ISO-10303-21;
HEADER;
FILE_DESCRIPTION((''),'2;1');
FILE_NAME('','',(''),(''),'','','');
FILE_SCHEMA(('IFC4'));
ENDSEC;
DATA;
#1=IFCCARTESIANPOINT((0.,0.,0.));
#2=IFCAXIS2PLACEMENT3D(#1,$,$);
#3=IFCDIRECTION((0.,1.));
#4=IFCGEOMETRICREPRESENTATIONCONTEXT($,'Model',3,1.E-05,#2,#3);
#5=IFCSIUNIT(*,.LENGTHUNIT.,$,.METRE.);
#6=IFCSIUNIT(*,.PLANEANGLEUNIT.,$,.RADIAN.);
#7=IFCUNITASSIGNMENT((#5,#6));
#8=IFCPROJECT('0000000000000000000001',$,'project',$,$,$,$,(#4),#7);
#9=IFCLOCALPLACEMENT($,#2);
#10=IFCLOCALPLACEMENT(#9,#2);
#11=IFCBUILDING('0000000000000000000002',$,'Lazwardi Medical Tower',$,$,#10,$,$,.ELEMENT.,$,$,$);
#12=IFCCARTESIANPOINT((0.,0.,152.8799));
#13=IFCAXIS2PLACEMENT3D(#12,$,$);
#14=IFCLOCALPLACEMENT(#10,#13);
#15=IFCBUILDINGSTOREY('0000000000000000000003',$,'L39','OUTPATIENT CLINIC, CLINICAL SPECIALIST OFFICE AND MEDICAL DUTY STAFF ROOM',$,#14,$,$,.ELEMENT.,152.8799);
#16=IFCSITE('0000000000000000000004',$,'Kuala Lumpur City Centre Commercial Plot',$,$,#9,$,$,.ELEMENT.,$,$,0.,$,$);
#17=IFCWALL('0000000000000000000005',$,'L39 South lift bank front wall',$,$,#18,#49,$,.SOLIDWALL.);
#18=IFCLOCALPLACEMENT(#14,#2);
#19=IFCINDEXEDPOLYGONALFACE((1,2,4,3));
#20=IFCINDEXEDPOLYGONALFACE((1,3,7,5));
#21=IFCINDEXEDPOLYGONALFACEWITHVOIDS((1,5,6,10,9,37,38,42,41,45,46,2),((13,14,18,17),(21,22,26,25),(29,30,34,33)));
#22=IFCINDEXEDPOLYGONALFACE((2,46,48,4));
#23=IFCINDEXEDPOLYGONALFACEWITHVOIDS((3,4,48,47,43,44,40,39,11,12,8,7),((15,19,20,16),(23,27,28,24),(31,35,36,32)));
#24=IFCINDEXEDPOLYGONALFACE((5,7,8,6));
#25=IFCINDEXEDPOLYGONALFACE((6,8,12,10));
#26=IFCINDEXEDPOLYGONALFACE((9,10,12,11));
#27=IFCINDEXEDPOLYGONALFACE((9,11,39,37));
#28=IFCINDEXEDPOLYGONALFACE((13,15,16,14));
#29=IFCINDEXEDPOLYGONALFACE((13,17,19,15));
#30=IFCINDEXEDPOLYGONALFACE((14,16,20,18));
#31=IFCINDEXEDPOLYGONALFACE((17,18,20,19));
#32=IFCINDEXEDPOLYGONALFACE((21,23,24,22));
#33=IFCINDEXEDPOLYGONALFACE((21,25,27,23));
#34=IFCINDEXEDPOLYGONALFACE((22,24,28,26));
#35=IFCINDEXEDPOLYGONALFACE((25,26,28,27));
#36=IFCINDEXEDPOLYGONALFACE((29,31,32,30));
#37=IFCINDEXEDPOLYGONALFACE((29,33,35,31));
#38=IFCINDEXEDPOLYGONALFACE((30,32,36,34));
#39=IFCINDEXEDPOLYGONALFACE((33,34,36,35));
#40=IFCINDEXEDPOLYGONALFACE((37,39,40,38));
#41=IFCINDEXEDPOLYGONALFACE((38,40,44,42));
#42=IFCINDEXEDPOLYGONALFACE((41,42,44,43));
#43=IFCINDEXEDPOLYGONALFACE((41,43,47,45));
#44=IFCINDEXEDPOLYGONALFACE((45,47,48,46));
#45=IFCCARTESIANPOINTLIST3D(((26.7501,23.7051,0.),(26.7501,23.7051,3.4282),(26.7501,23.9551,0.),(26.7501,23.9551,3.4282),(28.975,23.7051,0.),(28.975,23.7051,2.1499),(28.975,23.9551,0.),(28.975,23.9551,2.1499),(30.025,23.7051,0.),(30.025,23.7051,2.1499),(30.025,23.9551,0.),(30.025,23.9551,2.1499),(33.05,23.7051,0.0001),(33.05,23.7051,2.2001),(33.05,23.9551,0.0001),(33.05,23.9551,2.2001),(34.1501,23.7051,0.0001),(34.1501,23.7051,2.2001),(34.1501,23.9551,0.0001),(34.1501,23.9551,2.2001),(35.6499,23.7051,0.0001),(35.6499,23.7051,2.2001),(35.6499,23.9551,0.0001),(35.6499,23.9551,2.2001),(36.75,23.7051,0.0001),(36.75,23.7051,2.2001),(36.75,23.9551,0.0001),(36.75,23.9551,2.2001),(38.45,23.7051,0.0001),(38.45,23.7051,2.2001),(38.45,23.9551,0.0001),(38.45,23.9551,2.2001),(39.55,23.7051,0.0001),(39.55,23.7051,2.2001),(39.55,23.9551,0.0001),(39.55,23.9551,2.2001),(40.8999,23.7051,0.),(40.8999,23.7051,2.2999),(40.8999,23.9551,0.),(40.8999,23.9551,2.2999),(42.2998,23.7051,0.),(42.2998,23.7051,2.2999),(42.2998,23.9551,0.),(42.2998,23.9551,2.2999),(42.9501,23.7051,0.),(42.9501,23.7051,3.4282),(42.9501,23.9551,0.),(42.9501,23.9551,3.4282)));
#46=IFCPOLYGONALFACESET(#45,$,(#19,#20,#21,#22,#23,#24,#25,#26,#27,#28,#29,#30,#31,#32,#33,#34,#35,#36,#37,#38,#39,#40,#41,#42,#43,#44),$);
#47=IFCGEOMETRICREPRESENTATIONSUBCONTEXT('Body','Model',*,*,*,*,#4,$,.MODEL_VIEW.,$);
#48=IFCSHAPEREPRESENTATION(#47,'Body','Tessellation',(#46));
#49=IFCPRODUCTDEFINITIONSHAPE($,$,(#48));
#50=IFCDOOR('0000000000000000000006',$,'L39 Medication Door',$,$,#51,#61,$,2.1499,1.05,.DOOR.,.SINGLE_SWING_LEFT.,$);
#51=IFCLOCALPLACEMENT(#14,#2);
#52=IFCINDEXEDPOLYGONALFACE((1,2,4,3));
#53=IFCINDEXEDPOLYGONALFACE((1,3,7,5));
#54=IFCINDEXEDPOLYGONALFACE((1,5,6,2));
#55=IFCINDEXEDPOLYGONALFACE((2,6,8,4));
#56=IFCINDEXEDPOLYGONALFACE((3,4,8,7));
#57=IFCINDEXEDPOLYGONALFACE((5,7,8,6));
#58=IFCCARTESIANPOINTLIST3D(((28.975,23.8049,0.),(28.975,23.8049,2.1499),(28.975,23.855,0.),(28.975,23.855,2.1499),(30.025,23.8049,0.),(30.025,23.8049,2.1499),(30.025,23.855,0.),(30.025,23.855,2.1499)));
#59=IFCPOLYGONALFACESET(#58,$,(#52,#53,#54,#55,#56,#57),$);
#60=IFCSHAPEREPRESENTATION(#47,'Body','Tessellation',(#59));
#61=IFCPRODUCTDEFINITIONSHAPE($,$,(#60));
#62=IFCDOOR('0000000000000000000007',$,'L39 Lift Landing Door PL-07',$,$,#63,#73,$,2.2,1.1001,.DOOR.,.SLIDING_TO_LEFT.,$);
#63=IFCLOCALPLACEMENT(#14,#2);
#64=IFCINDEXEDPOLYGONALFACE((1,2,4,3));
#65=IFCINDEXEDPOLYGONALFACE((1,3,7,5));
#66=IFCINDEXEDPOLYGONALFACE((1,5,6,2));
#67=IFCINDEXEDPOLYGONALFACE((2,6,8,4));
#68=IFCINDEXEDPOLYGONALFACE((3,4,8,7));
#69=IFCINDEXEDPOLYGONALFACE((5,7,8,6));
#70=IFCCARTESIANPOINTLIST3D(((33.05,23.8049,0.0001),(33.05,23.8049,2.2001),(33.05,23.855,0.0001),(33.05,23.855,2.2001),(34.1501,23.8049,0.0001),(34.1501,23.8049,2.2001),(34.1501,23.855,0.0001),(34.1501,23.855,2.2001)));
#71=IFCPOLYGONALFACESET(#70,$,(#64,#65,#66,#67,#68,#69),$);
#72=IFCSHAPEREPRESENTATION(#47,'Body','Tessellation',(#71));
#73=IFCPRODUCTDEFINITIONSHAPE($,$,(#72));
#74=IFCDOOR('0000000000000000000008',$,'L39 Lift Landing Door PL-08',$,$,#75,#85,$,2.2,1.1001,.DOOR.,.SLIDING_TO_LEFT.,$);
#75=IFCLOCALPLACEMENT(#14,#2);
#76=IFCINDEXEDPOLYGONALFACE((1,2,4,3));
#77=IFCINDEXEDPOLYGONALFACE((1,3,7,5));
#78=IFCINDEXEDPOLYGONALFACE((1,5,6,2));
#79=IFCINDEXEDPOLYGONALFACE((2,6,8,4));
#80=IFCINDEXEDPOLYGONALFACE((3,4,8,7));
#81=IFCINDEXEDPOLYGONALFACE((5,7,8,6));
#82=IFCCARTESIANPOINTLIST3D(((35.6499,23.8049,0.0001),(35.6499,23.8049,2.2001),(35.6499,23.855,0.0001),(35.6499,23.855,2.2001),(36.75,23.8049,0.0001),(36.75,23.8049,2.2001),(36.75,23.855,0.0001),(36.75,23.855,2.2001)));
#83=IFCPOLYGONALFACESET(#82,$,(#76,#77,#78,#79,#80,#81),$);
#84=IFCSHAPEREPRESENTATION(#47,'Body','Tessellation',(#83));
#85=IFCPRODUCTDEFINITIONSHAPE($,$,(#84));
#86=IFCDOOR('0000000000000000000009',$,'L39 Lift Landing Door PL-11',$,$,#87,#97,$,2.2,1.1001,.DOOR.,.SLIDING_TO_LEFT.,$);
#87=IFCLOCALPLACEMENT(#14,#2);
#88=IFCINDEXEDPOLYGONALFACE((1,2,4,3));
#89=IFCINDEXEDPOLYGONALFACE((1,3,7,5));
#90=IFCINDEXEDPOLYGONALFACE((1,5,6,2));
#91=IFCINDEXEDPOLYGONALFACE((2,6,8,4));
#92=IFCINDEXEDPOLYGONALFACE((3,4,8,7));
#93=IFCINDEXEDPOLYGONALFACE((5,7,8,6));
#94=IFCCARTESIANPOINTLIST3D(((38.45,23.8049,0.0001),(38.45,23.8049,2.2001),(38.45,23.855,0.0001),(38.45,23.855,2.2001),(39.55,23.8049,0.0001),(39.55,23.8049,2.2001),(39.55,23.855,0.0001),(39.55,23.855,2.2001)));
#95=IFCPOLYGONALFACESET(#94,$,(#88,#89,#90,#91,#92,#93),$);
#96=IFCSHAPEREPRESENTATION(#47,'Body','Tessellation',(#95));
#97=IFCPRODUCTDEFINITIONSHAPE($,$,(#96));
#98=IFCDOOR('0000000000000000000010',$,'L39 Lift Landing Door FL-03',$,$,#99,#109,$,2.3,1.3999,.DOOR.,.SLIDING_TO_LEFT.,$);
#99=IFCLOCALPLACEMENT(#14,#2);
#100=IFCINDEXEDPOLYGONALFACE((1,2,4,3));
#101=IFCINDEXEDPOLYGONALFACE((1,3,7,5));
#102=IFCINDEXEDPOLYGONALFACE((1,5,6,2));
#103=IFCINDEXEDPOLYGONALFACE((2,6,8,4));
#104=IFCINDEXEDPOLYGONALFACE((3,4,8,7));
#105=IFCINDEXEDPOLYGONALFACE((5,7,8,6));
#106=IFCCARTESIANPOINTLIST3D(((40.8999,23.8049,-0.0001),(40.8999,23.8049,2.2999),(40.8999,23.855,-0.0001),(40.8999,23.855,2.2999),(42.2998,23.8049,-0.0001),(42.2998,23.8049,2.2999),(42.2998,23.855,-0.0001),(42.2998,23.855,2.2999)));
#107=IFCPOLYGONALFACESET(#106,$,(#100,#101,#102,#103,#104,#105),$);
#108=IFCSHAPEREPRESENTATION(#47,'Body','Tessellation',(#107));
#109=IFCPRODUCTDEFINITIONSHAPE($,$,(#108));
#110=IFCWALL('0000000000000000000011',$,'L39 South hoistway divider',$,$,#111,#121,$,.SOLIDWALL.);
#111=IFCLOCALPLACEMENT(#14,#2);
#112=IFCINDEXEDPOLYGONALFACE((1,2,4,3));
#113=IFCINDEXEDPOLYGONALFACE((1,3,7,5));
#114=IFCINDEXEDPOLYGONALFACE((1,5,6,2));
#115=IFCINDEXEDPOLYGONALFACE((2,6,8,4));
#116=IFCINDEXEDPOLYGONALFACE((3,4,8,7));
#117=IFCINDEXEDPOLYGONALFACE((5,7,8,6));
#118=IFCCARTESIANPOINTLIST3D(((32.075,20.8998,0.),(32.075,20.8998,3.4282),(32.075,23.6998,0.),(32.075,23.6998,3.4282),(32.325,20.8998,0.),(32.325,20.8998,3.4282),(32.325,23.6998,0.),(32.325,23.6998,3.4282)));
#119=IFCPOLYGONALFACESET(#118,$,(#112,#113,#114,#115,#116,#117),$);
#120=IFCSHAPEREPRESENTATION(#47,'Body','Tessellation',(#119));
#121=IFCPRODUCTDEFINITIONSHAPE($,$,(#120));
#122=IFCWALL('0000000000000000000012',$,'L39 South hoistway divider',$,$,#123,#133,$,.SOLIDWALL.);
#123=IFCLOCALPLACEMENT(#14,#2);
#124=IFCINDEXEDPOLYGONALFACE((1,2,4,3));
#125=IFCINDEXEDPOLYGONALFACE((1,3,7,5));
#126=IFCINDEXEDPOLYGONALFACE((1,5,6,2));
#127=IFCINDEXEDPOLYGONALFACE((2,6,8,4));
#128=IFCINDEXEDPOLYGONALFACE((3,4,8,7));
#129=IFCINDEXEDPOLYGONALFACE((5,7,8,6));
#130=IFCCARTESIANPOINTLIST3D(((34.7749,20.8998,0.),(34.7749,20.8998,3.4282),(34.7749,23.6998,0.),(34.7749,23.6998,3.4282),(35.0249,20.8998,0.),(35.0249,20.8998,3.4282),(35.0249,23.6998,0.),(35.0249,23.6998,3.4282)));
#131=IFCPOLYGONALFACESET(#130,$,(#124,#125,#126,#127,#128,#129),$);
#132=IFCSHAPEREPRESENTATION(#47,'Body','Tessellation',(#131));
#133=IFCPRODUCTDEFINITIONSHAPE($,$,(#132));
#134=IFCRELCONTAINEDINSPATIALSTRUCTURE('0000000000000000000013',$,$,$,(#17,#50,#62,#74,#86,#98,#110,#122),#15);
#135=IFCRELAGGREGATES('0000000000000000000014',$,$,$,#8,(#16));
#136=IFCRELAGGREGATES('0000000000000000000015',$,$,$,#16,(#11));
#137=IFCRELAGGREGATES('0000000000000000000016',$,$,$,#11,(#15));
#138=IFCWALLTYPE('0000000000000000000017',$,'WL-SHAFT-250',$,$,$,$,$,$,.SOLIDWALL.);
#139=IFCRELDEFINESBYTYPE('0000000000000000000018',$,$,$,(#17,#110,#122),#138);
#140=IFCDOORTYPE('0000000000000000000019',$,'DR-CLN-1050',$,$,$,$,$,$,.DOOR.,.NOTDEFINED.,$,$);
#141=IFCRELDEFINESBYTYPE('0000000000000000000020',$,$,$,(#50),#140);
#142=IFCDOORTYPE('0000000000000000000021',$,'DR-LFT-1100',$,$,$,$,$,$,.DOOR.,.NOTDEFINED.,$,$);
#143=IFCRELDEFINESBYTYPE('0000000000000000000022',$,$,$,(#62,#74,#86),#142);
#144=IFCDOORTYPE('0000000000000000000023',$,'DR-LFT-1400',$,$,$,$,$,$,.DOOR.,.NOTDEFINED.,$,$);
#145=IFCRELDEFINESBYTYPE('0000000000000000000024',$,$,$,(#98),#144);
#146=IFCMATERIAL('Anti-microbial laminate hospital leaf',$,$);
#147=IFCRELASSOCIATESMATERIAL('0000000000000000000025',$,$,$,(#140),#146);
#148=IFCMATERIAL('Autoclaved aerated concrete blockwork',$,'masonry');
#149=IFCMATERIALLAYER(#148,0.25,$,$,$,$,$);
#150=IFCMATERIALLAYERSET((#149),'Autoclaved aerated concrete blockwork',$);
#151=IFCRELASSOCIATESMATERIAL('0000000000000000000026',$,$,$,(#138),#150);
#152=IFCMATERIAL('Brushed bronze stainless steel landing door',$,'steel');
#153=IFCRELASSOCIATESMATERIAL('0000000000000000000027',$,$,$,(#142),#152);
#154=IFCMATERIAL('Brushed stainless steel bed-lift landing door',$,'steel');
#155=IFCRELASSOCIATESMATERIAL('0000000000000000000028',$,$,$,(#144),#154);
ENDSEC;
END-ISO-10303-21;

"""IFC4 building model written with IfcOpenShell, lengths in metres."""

from ifc_helpers import new_model, si_unit, direction, frame, frame_2d, origin, place, context, subcontext, project, spatial, rectangle, extrude, material, layer, layer_set, type_object, element, fill, save


model = new_model("IFC4")

# Units and contexts
model_context = context("Model", 3, precision=1e-05, world=origin(), true_north=direction((0.0, 1.0)))
body_context = subcontext(model_context, "Body", "Model", "MODEL_VIEW")
ifc_project = project(units=[si_unit("LENGTHUNIT", "METRE"), si_unit("PLANEANGLEUNIT", "RADIAN")], contexts=[model_context])

# Site, building, storey
site_placement = place(None, origin())
site = spatial("IfcSite", under=ifc_project, at=site_placement, Name="Kuala Lumpur City Centre Commercial Plot", CompositionType="ELEMENT", RefElevation=0.0)
building_placement = place(site_placement, origin())
building = spatial("IfcBuilding", under=site, at=building_placement, Name="Lazwardi Medical Tower", CompositionType="ELEMENT")
storey_placement = place(building_placement, frame((0.0, 0.0, 152.8799)))
storey = spatial("IfcBuildingStorey", under=building, at=storey_placement, Name="L39", Description="OUTPATIENT CLINIC, CLINICAL SPECIALIST OFFICE AND MEDICAL DUTY STAFF ROOM", CompositionType="ELEMENT", Elevation=152.8799)

# Shared definitions
ifc_material_1 = material(Name="Anti-microbial laminate hospital leaf")
door_type_1 = type_object("IfcDoorType", Name="DR-CLN-1050", OperationType="NOTDEFINED", PredefinedType="DOOR", material=ifc_material_1)

# Wall, openings, doors
ifc_material_2 = material(Name="Autoclaved aerated concrete blockwork", Category="masonry")
ifc_layer_1 = layer(ifc_material_2, 0.25)
ifc_layer_set_1 = layer_set([ifc_layer_1], Name="Autoclaved aerated concrete blockwork")
wall_type_1 = type_object("IfcWallType", Name="WL-SHAFT-250", PredefinedType="SOLIDWALL", material=ifc_layer_set_1)
wall_1_placement = place(storey_placement, frame((26.75, 23.8301, 0.0), z_axis=(0.0, 0.0, 1.0), x_axis=(1.0, 0.0, 0.0)))
wall_1 = element("IfcWall", 1, at=wall_1_placement, inside=storey, type_object=wall_type_1, Name="L39 South lift bank front wall", PredefinedType="SOLIDWALL", context=body_context, shape_type="SweptSolid", body=[
    extrude(rectangle(XDim=16.2, YDim=0.25, at=frame_2d((8.1001, 0.0))), origin(), (0.0, 0.0, 1.0), 3.4282),
])
opening_1_placement = place(wall_1_placement, frame((2.2251, 0.0, 0.0)))
opening_1 = element("IfcOpeningElement", 2, at=opening_1_placement, cuts=wall_1, PredefinedType="OPENING", context=body_context, shape_type="SweptSolid", body=[
    extrude(rectangle(XDim=1.05, YDim=2.1499, at=frame_2d((0.5249, 1.075))), frame((0.0, 0.135, 0.0), z_axis=(0.0, -1.0, 0.0), x_axis=(1.0, 0.0, 0.0)), (0.0, 0.0, 1.0), 0.27),
])
opening_2_placement = place(wall_1_placement, frame((6.3, 0.0, 0.0)))
opening_2 = element("IfcOpeningElement", 3, at=opening_2_placement, cuts=wall_1, PredefinedType="OPENING", context=body_context, shape_type="SweptSolid", body=[
    extrude(rectangle(XDim=1.1001, YDim=2.2, at=frame_2d((0.55, 1.1001))), frame((0.0, 0.135, 0.0), z_axis=(0.0, -1.0, 0.0), x_axis=(1.0, 0.0, 0.0)), (0.0, 0.0, 1.0), 0.27),
])
opening_3_placement = place(wall_1_placement, frame((8.8999, 0.0, 0.0)))
opening_3 = element("IfcOpeningElement", 4, at=opening_3_placement, cuts=wall_1, PredefinedType="OPENING", context=body_context, shape_type="SweptSolid", body=[
    extrude(rectangle(XDim=1.1001, YDim=2.2, at=frame_2d((0.55, 1.1001))), frame((0.0, 0.135, 0.0), z_axis=(0.0, -1.0, 0.0), x_axis=(1.0, 0.0, 0.0)), (0.0, 0.0, 1.0), 0.27),
])
opening_4_placement = place(wall_1_placement, frame((11.7, 0.0, 0.0)))
opening_4 = element("IfcOpeningElement", 5, at=opening_4_placement, cuts=wall_1, PredefinedType="OPENING", context=body_context, shape_type="SweptSolid", body=[
    extrude(rectangle(XDim=1.1001, YDim=2.2, at=frame_2d((0.55, 1.1001))), frame((0.0, 0.135, 0.0), z_axis=(0.0, -1.0, 0.0), x_axis=(1.0, 0.0, 0.0)), (0.0, 0.0, 1.0), 0.27),
])
opening_5_placement = place(wall_1_placement, frame((14.1499, 0.0, 0.0)))
opening_5 = element("IfcOpeningElement", 6, at=opening_5_placement, cuts=wall_1, PredefinedType="OPENING", context=body_context, shape_type="SweptSolid", body=[
    extrude(rectangle(XDim=1.3999, YDim=2.3, at=frame_2d((0.7, 1.1499))), frame((0.0, 0.135, 0.0), z_axis=(0.0, -1.0, 0.0), x_axis=(1.0, 0.0, 0.0)), (0.0, 0.0, 1.0), 0.27),
])
door_1_placement = place(opening_1_placement, origin())
door_1 = element("IfcDoor", 7, at=door_1_placement, inside=storey, type_object=door_type_1, Name="L39 Medication Door", OperationType="SINGLE_SWING_LEFT", OverallHeight=2.1499, OverallWidth=1.05, PredefinedType="DOOR", context=body_context, shape_type="SweptSolid", body=[
    extrude(rectangle(XDim=1.05, YDim=2.1499, at=frame_2d((0.5249, 1.075))), frame((0.0, 0.0249, 0.0), z_axis=(0.0, -1.0, 0.0), x_axis=(1.0, 0.0, 0.0)), (0.0, 0.0, 1.0), 0.05),
])
fill(opening_1, door_1)
ifc_material_3 = material(Name="Brushed bronze stainless steel landing door", Category="steel")
door_type_2 = type_object("IfcDoorType", Name="DR-LFT-1100", OperationType="NOTDEFINED", PredefinedType="DOOR", material=ifc_material_3)
door_2_placement = place(opening_2_placement, origin())
door_2 = element("IfcDoor", 8, at=door_2_placement, inside=storey, type_object=door_type_2, Name="L39 Lift Landing Door PL-07", OperationType="SLIDING_TO_LEFT", OverallHeight=2.2, OverallWidth=1.1001, PredefinedType="DOOR", context=body_context, shape_type="SweptSolid", body=[
    extrude(rectangle(XDim=1.1001, YDim=2.2, at=frame_2d((0.55, 1.1001))), frame((0.0, 0.0249, 0.0), z_axis=(0.0, -1.0, 0.0), x_axis=(1.0, 0.0, 0.0)), (0.0, 0.0, 1.0), 0.05),
])
fill(opening_2, door_2)
door_3_placement = place(opening_3_placement, origin())
door_3 = element("IfcDoor", 9, at=door_3_placement, inside=storey, type_object=door_type_2, Name="L39 Lift Landing Door PL-08", OperationType="SLIDING_TO_LEFT", OverallHeight=2.2, OverallWidth=1.1001, PredefinedType="DOOR", context=body_context, shape_type="SweptSolid", body=[
    extrude(rectangle(XDim=1.1001, YDim=2.2, at=frame_2d((0.55, 1.1001))), frame((0.0, 0.0249, 0.0), z_axis=(0.0, -1.0, 0.0), x_axis=(1.0, 0.0, 0.0)), (0.0, 0.0, 1.0), 0.05),
])
fill(opening_3, door_3)
door_4_placement = place(opening_4_placement, origin())
door_4 = element("IfcDoor", 10, at=door_4_placement, inside=storey, type_object=door_type_2, Name="L39 Lift Landing Door PL-11", OperationType="SLIDING_TO_LEFT", OverallHeight=2.2, OverallWidth=1.1001, PredefinedType="DOOR", context=body_context, shape_type="SweptSolid", body=[
    extrude(rectangle(XDim=1.1001, YDim=2.2, at=frame_2d((0.55, 1.1001))), frame((0.0, 0.0249, 0.0), z_axis=(0.0, -1.0, 0.0), x_axis=(1.0, 0.0, 0.0)), (0.0, 0.0, 1.0), 0.05),
])
fill(opening_4, door_4)
ifc_material_4 = material(Name="Brushed stainless steel bed-lift landing door", Category="steel")
door_type_3 = type_object("IfcDoorType", Name="DR-LFT-1400", OperationType="NOTDEFINED", PredefinedType="DOOR", material=ifc_material_4)
door_5_placement = place(opening_5_placement, origin())
door_5 = element("IfcDoor", 11, at=door_5_placement, inside=storey, type_object=door_type_3, Name="L39 Lift Landing Door FL-03", OperationType="SLIDING_TO_LEFT", OverallHeight=2.3, OverallWidth=1.3999, PredefinedType="DOOR", context=body_context, shape_type="SweptSolid", body=[
    extrude(rectangle(XDim=1.3999, YDim=2.3, at=frame_2d((0.7, 1.1499))), frame((0.0, 0.0249, 0.0), z_axis=(0.0, -1.0, 0.0), x_axis=(1.0, 0.0, 0.0)), (0.0, 0.0, 1.0), 0.05),
])
fill(opening_5, door_5)

# Walls
for number, where, z_axis, x_axis, name in (
    (12, (32.2, 20.8999, 0.0), (0.0, 0.0, 1.0), (0.0, 1.0, 0.0), "L39 South hoistway divider"),
    (13, (34.8999, 20.8999, 0.0), (0.0, 0.0, 1.0), (0.0, 1.0, 0.0), "L39 South hoistway divider"),
):
    element("IfcWall", number, at=place(storey_placement, frame(where, z_axis=z_axis, x_axis=x_axis)), inside=storey, type_object=wall_type_1, Name=name, PredefinedType="SOLIDWALL", context=body_context, shape_type="SweptSolid", body=[
        extrude(rectangle(XDim=2.8, YDim=0.25, at=frame_2d((1.3999, 0.0))), origin(), (0.0, 0.0, 1.0), 3.4282),
    ])

save(model, "model.ifc")
